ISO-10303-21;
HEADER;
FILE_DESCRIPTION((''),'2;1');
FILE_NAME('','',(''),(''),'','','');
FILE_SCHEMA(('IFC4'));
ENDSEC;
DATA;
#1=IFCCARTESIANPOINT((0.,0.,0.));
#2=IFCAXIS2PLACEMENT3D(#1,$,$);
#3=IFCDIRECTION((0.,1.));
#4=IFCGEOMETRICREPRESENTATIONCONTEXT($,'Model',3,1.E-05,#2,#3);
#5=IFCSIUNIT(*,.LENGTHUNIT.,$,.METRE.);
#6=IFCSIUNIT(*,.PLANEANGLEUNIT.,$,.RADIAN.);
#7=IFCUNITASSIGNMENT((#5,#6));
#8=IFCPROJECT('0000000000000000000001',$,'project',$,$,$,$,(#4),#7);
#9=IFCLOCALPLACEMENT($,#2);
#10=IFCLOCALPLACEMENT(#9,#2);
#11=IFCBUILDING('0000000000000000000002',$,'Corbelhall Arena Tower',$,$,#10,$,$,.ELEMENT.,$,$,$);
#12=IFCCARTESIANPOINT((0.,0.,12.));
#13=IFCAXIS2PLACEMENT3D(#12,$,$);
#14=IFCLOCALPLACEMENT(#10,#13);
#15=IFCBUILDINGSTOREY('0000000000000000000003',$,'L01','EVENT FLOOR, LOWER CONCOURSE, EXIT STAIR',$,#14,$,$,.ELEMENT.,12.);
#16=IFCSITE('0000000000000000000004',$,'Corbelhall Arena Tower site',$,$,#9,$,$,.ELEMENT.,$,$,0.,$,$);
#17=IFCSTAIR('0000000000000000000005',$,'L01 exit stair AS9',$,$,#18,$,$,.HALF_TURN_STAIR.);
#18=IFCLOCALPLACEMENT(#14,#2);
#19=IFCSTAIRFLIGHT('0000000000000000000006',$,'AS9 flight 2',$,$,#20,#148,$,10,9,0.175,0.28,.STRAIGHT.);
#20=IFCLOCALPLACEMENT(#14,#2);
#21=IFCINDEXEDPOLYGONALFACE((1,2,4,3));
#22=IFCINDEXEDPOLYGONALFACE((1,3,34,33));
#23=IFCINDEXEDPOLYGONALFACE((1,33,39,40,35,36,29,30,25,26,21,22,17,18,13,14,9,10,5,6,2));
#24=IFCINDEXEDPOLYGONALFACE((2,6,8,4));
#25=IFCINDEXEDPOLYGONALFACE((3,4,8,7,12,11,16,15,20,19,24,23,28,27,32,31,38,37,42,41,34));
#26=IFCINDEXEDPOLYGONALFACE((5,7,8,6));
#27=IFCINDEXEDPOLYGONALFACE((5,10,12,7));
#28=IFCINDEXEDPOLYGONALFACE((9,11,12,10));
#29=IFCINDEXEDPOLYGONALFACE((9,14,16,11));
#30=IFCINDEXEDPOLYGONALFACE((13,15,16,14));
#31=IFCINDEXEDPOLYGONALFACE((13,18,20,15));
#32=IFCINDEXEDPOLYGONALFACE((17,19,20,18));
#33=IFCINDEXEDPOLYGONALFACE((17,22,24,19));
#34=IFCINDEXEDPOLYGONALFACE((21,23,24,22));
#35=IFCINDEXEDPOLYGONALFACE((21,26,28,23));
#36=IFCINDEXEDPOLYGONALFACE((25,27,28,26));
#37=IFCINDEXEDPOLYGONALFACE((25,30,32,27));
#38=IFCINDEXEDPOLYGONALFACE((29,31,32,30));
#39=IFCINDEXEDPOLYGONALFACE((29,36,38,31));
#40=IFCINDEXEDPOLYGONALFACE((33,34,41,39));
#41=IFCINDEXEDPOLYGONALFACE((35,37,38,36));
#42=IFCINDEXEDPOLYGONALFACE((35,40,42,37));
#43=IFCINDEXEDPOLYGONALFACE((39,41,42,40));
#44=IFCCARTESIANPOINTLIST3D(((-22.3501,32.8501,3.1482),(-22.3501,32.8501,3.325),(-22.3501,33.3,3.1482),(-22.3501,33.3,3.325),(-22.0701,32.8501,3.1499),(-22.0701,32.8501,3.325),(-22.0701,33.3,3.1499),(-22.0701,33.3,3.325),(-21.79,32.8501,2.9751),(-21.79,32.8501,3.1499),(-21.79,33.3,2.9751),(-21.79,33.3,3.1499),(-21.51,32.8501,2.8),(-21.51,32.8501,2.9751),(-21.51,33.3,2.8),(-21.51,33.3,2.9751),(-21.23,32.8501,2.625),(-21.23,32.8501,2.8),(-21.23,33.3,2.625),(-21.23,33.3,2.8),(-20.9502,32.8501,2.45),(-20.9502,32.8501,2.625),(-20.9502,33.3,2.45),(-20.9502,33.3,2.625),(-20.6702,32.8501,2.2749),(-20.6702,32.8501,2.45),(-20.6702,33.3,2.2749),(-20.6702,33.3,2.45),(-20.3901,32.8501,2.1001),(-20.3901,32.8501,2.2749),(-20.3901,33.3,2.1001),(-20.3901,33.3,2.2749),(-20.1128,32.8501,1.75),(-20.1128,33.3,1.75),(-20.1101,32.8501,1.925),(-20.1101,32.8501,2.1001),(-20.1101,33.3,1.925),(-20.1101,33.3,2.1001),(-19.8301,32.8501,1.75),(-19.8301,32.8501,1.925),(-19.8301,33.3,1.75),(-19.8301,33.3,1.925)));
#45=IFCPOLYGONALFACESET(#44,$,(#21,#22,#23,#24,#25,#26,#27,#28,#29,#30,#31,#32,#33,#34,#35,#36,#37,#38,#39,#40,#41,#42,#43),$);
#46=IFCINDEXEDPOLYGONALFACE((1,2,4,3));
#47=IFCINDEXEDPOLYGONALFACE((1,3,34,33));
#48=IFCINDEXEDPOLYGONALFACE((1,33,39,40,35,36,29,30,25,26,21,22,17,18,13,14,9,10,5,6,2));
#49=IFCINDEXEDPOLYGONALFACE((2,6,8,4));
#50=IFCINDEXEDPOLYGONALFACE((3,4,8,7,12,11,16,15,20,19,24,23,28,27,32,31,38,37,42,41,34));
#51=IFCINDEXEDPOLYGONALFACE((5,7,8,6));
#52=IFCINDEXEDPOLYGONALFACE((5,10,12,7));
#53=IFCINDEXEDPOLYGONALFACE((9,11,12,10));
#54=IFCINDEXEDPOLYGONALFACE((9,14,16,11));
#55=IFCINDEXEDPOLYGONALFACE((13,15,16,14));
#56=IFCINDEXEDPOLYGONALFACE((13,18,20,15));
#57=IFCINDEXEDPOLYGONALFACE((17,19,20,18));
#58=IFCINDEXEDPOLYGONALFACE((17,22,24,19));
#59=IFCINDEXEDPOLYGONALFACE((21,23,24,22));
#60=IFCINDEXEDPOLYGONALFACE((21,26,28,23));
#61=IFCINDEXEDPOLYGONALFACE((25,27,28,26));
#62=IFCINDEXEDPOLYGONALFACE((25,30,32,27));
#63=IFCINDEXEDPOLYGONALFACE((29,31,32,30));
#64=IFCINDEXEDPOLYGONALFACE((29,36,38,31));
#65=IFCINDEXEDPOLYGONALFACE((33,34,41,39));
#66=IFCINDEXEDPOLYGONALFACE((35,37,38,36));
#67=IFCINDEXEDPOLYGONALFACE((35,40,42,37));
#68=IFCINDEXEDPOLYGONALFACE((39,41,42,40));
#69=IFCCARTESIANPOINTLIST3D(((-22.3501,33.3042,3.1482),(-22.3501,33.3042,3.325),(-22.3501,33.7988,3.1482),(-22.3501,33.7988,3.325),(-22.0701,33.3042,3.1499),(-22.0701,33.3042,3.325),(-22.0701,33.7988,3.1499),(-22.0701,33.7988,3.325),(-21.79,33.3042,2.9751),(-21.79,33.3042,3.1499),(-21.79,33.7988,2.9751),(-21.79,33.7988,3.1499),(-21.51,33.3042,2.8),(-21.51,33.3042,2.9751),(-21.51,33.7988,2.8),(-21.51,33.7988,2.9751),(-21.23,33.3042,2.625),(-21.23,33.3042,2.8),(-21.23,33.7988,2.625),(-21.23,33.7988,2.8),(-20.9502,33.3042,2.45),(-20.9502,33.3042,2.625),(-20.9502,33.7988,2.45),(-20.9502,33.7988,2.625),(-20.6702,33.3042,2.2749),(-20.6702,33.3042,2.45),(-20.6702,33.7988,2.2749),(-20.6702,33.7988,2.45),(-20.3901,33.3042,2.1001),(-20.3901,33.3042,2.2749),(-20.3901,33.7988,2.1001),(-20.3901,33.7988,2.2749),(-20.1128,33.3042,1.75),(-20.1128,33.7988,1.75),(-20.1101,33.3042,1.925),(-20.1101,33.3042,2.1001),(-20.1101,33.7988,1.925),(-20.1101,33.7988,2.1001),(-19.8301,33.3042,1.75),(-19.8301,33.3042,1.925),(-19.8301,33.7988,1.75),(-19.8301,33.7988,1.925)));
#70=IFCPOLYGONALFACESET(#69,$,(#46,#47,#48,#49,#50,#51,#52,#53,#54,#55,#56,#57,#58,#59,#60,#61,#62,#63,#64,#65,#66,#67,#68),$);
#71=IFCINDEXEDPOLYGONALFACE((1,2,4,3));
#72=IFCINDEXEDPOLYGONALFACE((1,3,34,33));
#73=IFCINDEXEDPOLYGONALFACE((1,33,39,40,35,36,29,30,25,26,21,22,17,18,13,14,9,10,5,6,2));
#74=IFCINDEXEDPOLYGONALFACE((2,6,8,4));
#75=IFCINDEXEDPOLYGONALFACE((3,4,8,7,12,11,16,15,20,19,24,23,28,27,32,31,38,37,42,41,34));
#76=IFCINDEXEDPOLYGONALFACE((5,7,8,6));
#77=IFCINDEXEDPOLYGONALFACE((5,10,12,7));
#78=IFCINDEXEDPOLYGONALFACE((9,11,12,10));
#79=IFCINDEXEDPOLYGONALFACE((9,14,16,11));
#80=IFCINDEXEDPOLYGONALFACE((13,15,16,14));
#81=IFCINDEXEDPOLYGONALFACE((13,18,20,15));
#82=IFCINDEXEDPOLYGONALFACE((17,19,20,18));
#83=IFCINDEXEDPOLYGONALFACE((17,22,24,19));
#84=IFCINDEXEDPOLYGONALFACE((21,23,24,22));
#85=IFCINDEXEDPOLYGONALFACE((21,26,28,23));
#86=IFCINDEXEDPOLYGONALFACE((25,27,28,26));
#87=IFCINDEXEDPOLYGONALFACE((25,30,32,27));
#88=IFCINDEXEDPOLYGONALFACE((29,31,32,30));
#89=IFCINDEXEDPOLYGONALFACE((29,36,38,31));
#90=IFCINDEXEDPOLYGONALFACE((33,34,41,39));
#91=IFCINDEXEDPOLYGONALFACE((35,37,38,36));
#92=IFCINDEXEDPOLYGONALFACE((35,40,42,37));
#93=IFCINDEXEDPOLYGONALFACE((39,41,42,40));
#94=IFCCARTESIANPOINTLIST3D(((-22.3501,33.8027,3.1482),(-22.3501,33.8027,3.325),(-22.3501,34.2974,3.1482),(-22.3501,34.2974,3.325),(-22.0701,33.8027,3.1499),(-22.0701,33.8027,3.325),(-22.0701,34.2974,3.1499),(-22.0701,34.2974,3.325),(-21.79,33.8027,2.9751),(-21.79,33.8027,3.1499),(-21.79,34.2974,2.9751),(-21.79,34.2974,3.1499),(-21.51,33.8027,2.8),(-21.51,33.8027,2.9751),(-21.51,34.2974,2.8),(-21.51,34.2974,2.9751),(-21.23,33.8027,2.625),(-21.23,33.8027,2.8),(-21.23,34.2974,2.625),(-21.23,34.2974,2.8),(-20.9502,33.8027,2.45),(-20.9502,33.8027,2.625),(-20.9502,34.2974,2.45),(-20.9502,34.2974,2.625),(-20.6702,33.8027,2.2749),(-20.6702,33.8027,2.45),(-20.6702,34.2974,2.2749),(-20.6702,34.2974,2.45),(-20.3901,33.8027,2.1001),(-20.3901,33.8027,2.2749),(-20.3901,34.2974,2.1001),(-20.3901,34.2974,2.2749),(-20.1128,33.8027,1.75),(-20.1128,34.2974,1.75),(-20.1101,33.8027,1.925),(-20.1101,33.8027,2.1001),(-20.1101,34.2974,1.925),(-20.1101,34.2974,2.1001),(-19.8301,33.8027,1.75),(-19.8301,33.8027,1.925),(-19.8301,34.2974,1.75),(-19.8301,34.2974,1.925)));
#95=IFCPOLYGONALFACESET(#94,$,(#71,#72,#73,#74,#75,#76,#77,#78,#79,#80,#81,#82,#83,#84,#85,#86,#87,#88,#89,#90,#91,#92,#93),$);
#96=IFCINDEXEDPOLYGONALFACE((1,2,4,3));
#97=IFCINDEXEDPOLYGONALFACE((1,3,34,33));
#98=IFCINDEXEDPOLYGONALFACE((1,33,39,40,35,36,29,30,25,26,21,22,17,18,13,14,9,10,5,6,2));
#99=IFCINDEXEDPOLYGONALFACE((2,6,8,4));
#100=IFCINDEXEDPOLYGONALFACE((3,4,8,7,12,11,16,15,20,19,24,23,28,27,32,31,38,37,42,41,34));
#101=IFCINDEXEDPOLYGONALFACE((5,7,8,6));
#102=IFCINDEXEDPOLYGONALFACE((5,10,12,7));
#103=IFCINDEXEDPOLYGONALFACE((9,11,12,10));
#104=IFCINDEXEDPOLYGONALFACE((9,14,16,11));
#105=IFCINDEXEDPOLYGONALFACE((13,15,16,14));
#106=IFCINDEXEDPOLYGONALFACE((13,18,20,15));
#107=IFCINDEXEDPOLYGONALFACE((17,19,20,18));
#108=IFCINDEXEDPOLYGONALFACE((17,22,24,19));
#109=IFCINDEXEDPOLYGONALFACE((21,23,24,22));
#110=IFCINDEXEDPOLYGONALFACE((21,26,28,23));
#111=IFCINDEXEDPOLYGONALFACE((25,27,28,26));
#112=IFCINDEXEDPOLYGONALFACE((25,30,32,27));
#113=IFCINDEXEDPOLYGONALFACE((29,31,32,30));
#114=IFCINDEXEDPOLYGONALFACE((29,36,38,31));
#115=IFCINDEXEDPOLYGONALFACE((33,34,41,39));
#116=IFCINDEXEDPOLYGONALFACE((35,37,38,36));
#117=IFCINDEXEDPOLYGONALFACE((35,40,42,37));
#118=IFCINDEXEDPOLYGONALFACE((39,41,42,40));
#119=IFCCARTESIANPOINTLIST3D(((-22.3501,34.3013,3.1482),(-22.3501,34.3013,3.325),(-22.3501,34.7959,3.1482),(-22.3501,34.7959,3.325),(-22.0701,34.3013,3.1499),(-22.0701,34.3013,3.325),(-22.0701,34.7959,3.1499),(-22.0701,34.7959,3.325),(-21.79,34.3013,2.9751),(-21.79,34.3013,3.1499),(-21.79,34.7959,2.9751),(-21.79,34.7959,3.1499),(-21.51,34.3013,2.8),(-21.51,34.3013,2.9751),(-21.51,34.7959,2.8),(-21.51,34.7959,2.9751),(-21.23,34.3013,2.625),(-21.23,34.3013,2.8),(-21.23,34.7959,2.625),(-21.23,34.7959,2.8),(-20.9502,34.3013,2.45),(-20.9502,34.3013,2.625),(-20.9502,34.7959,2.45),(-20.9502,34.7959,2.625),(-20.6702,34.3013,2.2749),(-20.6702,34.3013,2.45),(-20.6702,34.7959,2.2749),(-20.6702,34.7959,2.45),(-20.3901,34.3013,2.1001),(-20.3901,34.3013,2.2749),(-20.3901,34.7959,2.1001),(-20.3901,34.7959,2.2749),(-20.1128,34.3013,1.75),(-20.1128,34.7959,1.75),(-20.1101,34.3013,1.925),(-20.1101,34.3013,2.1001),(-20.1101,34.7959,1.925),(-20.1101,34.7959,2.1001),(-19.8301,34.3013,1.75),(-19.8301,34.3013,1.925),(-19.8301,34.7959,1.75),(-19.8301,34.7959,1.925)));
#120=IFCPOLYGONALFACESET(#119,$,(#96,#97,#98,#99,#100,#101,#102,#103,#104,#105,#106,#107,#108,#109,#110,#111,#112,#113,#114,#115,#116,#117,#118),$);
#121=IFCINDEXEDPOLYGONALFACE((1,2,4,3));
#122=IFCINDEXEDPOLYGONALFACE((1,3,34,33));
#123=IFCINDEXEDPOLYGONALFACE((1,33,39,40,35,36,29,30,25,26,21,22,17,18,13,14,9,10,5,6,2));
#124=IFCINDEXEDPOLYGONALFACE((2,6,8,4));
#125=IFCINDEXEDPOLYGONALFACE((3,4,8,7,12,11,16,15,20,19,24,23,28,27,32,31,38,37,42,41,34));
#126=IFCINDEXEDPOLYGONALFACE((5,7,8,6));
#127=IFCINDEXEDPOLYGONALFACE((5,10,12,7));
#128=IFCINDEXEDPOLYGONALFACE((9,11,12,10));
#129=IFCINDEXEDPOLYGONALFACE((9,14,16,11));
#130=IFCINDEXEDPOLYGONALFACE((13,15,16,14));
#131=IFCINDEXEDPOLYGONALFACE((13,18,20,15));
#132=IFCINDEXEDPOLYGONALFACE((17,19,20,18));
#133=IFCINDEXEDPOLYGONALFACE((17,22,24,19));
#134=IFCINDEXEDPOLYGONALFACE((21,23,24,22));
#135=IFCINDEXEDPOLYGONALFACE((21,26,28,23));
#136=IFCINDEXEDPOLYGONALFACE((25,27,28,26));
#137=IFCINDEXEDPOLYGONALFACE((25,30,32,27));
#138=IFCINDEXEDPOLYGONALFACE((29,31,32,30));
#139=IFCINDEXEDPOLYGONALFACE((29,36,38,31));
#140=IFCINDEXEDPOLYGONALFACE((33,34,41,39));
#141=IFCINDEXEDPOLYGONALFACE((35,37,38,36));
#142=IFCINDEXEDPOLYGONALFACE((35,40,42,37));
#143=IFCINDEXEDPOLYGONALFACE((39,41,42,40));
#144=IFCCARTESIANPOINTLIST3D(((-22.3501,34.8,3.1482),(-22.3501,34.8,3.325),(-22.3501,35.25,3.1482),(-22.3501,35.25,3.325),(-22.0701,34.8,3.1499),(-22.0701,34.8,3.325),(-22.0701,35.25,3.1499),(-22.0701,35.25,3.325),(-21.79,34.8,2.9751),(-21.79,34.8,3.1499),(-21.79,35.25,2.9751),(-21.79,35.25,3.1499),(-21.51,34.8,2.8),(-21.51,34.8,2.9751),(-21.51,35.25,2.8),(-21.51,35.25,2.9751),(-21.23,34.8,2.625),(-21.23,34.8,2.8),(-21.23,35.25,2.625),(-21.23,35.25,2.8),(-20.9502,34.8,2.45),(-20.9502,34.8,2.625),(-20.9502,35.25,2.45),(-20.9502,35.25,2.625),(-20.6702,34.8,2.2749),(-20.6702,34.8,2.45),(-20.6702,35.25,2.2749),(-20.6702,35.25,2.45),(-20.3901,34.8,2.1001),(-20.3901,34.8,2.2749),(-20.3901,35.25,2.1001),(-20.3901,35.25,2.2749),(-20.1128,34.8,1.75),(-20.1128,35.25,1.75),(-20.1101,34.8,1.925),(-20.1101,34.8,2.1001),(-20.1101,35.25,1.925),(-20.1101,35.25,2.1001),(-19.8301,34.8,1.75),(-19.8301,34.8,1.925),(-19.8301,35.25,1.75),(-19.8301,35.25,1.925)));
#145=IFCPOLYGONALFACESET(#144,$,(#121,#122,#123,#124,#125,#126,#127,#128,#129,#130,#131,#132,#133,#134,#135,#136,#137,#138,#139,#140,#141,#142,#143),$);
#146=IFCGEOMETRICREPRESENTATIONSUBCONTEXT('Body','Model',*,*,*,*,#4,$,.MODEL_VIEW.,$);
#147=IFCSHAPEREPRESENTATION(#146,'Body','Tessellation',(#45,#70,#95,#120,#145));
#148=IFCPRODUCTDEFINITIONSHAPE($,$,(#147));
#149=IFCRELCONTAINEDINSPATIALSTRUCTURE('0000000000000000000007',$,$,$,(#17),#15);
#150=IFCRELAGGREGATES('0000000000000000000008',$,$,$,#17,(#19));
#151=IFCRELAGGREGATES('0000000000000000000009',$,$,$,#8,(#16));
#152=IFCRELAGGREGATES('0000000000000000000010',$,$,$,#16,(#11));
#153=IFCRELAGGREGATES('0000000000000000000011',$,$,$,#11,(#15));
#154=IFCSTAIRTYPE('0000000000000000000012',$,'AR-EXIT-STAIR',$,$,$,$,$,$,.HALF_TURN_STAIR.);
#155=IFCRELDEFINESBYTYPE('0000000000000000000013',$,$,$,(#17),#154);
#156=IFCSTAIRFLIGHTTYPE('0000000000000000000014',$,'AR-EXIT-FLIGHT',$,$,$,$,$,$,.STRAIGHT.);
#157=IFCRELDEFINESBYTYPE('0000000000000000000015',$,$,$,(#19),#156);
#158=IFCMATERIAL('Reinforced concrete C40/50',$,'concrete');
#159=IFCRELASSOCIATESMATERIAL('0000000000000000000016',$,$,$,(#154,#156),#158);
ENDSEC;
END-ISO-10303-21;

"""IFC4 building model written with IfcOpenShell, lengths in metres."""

from ifc_helpers import new_model, si_unit, direction, frame, origin, place, context, subcontext, project, spatial, polyline, outline, extrude, material, type_object, element, aggregate, save


model = new_model("IFC4")

# Units and contexts
model_context = context("Model", 3, precision=1e-05, world=origin(), true_north=direction((0.0, 1.0)))
body_context = subcontext(model_context, "Body", "Model", "MODEL_VIEW")
ifc_project = project(units=[si_unit("LENGTHUNIT", "METRE"), si_unit("PLANEANGLEUNIT", "RADIAN")], contexts=[model_context])

# Site, building, storey
site_placement = place(None, origin())
site = spatial("IfcSite", under=ifc_project, at=site_placement, Name="Corbelhall Arena Tower site", CompositionType="ELEMENT", RefElevation=0.0)
building_placement = place(site_placement, origin())
building = spatial("IfcBuilding", under=site, at=building_placement, Name="Corbelhall Arena Tower", CompositionType="ELEMENT")
storey_placement = place(building_placement, frame((0.0, 0.0, 12.0)))
storey = spatial("IfcBuildingStorey", under=building, at=storey_placement, Name="L01", Description="EVENT FLOOR, LOWER CONCOURSE, EXIT STAIR", CompositionType="ELEMENT", Elevation=12.0)

# Shared definitions
ifc_material_1 = material(Name="Reinforced concrete C40/50", Category="concrete")

# Stair, stair flight
stair_type = type_object("IfcStairType", Name="AR-EXIT-STAIR", PredefinedType="HALF_TURN_STAIR", material=ifc_material_1)
stair_placement = place(storey_placement, origin())
stair = element("IfcStair", 1, at=stair_placement, inside=storey, type_object=stair_type, Name="L01 exit stair AS9", PredefinedType="HALF_TURN_STAIR")
stair_flight_type = type_object("IfcStairFlightType", Name="AR-EXIT-FLIGHT", PredefinedType="STRAIGHT", material=ifc_material_1)
stair_flight_1_placement = place(storey_placement, frame((-19.8301, 34.05, 1.75), z_axis=(0.0, 0.0, 1.0), x_axis=(-1.0, 0.0, 0.0)))
stair_flight_1 = element("IfcStairFlight", 2, at=stair_flight_1_placement, type_object=stair_flight_type, Name="AS9 flight 2", NumberOfRisers=10, NumberOfTreads=9, PredefinedType="STRAIGHT", RiserHeight=0.175, TreadLength=0.28, context=body_context, shape_type="SweptSolid", body=[
    extrude(outline(polyline([(0.0, 0.0), (0.0, 0.175), (0.28, 0.175), (0.28, 0.3501), (0.5601, 0.3501), (0.5601, 0.5249), (0.8401, 0.5249), (0.8401, 0.7), (1.1201, 0.7), (1.1201, 0.875), (1.3999, 0.875), (1.3999, 1.05), (1.6799, 1.05), (1.6799, 1.2251), (1.96, 1.2251), (1.96, 1.3999), (2.24, 1.3999), (2.24, 1.575), (2.52, 1.575), (2.52, 1.75), (2.52, 1.3982), (0.2827, 0.0), (0.0, 0.0)])), frame((0.0, 1.2, 0.0), z_axis=(0.0, -1.0, 0.0), x_axis=(1.0, 0.0, 0.0)), (0.0, 0.0, 1.0), 0.45),
    extrude(outline(polyline([(0.0, 0.0), (0.0, 0.175), (0.28, 0.175), (0.28, 0.3501), (0.5601, 0.3501), (0.5601, 0.5249), (0.8401, 0.5249), (0.8401, 0.7), (1.1201, 0.7), (1.1201, 0.875), (1.3999, 0.875), (1.3999, 1.05), (1.6799, 1.05), (1.6799, 1.2251), (1.96, 1.2251), (1.96, 1.3999), (2.24, 1.3999), (2.24, 1.575), (2.52, 1.575), (2.52, 1.75), (2.52, 1.3982), (0.2827, 0.0), (0.0, 0.0)])), frame((0.0, 0.7458, 0.0), z_axis=(0.0, -1.0, 0.0), x_axis=(1.0, 0.0, 0.0)), (0.0, 0.0, 1.0), 0.4946),
    extrude(outline(polyline([(0.0, 0.0), (0.0, 0.175), (0.28, 0.175), (0.28, 0.3501), (0.5601, 0.3501), (0.5601, 0.5249), (0.8401, 0.5249), (0.8401, 0.7), (1.1201, 0.7), (1.1201, 0.875), (1.3999, 0.875), (1.3999, 1.05), (1.6799, 1.05), (1.6799, 1.2251), (1.96, 1.2251), (1.96, 1.3999), (2.24, 1.3999), (2.24, 1.575), (2.52, 1.575), (2.52, 1.75), (2.52, 1.3982), (0.2827, 0.0), (0.0, 0.0)])), frame((0.0, 0.2473, 0.0), z_axis=(0.0, -1.0, 0.0), x_axis=(1.0, 0.0, 0.0)), (0.0, 0.0, 1.0), 0.4946),
    extrude(outline(polyline([(0.0, 0.0), (0.0, 0.175), (0.28, 0.175), (0.28, 0.3501), (0.5601, 0.3501), (0.5601, 0.5249), (0.8401, 0.5249), (0.8401, 0.7), (1.1201, 0.7), (1.1201, 0.875), (1.3999, 0.875), (1.3999, 1.05), (1.6799, 1.05), (1.6799, 1.2251), (1.96, 1.2251), (1.96, 1.3999), (2.24, 1.3999), (2.24, 1.575), (2.52, 1.575), (2.52, 1.75), (2.52, 1.3982), (0.2827, 0.0), (0.0, 0.0)])), frame((0.0, -0.2512, 0.0), z_axis=(0.0, -1.0, 0.0), x_axis=(1.0, 0.0, 0.0)), (0.0, 0.0, 1.0), 0.4946),
    extrude(outline(polyline([(0.0, 0.0), (0.0, 0.175), (0.28, 0.175), (0.28, 0.3501), (0.5601, 0.3501), (0.5601, 0.5249), (0.8401, 0.5249), (0.8401, 0.7), (1.1201, 0.7), (1.1201, 0.875), (1.3999, 0.875), (1.3999, 1.05), (1.6799, 1.05), (1.6799, 1.2251), (1.96, 1.2251), (1.96, 1.3999), (2.24, 1.3999), (2.24, 1.575), (2.52, 1.575), (2.52, 1.75), (2.52, 1.3982), (0.2827, 0.0), (0.0, 0.0)])), frame((0.0, -0.75, 0.0), z_axis=(0.0, -1.0, 0.0), x_axis=(1.0, 0.0, 0.0)), (0.0, 0.0, 1.0), 0.45),
])
aggregate(stair, [stair_flight_1])

save(model, "model.ifc")
